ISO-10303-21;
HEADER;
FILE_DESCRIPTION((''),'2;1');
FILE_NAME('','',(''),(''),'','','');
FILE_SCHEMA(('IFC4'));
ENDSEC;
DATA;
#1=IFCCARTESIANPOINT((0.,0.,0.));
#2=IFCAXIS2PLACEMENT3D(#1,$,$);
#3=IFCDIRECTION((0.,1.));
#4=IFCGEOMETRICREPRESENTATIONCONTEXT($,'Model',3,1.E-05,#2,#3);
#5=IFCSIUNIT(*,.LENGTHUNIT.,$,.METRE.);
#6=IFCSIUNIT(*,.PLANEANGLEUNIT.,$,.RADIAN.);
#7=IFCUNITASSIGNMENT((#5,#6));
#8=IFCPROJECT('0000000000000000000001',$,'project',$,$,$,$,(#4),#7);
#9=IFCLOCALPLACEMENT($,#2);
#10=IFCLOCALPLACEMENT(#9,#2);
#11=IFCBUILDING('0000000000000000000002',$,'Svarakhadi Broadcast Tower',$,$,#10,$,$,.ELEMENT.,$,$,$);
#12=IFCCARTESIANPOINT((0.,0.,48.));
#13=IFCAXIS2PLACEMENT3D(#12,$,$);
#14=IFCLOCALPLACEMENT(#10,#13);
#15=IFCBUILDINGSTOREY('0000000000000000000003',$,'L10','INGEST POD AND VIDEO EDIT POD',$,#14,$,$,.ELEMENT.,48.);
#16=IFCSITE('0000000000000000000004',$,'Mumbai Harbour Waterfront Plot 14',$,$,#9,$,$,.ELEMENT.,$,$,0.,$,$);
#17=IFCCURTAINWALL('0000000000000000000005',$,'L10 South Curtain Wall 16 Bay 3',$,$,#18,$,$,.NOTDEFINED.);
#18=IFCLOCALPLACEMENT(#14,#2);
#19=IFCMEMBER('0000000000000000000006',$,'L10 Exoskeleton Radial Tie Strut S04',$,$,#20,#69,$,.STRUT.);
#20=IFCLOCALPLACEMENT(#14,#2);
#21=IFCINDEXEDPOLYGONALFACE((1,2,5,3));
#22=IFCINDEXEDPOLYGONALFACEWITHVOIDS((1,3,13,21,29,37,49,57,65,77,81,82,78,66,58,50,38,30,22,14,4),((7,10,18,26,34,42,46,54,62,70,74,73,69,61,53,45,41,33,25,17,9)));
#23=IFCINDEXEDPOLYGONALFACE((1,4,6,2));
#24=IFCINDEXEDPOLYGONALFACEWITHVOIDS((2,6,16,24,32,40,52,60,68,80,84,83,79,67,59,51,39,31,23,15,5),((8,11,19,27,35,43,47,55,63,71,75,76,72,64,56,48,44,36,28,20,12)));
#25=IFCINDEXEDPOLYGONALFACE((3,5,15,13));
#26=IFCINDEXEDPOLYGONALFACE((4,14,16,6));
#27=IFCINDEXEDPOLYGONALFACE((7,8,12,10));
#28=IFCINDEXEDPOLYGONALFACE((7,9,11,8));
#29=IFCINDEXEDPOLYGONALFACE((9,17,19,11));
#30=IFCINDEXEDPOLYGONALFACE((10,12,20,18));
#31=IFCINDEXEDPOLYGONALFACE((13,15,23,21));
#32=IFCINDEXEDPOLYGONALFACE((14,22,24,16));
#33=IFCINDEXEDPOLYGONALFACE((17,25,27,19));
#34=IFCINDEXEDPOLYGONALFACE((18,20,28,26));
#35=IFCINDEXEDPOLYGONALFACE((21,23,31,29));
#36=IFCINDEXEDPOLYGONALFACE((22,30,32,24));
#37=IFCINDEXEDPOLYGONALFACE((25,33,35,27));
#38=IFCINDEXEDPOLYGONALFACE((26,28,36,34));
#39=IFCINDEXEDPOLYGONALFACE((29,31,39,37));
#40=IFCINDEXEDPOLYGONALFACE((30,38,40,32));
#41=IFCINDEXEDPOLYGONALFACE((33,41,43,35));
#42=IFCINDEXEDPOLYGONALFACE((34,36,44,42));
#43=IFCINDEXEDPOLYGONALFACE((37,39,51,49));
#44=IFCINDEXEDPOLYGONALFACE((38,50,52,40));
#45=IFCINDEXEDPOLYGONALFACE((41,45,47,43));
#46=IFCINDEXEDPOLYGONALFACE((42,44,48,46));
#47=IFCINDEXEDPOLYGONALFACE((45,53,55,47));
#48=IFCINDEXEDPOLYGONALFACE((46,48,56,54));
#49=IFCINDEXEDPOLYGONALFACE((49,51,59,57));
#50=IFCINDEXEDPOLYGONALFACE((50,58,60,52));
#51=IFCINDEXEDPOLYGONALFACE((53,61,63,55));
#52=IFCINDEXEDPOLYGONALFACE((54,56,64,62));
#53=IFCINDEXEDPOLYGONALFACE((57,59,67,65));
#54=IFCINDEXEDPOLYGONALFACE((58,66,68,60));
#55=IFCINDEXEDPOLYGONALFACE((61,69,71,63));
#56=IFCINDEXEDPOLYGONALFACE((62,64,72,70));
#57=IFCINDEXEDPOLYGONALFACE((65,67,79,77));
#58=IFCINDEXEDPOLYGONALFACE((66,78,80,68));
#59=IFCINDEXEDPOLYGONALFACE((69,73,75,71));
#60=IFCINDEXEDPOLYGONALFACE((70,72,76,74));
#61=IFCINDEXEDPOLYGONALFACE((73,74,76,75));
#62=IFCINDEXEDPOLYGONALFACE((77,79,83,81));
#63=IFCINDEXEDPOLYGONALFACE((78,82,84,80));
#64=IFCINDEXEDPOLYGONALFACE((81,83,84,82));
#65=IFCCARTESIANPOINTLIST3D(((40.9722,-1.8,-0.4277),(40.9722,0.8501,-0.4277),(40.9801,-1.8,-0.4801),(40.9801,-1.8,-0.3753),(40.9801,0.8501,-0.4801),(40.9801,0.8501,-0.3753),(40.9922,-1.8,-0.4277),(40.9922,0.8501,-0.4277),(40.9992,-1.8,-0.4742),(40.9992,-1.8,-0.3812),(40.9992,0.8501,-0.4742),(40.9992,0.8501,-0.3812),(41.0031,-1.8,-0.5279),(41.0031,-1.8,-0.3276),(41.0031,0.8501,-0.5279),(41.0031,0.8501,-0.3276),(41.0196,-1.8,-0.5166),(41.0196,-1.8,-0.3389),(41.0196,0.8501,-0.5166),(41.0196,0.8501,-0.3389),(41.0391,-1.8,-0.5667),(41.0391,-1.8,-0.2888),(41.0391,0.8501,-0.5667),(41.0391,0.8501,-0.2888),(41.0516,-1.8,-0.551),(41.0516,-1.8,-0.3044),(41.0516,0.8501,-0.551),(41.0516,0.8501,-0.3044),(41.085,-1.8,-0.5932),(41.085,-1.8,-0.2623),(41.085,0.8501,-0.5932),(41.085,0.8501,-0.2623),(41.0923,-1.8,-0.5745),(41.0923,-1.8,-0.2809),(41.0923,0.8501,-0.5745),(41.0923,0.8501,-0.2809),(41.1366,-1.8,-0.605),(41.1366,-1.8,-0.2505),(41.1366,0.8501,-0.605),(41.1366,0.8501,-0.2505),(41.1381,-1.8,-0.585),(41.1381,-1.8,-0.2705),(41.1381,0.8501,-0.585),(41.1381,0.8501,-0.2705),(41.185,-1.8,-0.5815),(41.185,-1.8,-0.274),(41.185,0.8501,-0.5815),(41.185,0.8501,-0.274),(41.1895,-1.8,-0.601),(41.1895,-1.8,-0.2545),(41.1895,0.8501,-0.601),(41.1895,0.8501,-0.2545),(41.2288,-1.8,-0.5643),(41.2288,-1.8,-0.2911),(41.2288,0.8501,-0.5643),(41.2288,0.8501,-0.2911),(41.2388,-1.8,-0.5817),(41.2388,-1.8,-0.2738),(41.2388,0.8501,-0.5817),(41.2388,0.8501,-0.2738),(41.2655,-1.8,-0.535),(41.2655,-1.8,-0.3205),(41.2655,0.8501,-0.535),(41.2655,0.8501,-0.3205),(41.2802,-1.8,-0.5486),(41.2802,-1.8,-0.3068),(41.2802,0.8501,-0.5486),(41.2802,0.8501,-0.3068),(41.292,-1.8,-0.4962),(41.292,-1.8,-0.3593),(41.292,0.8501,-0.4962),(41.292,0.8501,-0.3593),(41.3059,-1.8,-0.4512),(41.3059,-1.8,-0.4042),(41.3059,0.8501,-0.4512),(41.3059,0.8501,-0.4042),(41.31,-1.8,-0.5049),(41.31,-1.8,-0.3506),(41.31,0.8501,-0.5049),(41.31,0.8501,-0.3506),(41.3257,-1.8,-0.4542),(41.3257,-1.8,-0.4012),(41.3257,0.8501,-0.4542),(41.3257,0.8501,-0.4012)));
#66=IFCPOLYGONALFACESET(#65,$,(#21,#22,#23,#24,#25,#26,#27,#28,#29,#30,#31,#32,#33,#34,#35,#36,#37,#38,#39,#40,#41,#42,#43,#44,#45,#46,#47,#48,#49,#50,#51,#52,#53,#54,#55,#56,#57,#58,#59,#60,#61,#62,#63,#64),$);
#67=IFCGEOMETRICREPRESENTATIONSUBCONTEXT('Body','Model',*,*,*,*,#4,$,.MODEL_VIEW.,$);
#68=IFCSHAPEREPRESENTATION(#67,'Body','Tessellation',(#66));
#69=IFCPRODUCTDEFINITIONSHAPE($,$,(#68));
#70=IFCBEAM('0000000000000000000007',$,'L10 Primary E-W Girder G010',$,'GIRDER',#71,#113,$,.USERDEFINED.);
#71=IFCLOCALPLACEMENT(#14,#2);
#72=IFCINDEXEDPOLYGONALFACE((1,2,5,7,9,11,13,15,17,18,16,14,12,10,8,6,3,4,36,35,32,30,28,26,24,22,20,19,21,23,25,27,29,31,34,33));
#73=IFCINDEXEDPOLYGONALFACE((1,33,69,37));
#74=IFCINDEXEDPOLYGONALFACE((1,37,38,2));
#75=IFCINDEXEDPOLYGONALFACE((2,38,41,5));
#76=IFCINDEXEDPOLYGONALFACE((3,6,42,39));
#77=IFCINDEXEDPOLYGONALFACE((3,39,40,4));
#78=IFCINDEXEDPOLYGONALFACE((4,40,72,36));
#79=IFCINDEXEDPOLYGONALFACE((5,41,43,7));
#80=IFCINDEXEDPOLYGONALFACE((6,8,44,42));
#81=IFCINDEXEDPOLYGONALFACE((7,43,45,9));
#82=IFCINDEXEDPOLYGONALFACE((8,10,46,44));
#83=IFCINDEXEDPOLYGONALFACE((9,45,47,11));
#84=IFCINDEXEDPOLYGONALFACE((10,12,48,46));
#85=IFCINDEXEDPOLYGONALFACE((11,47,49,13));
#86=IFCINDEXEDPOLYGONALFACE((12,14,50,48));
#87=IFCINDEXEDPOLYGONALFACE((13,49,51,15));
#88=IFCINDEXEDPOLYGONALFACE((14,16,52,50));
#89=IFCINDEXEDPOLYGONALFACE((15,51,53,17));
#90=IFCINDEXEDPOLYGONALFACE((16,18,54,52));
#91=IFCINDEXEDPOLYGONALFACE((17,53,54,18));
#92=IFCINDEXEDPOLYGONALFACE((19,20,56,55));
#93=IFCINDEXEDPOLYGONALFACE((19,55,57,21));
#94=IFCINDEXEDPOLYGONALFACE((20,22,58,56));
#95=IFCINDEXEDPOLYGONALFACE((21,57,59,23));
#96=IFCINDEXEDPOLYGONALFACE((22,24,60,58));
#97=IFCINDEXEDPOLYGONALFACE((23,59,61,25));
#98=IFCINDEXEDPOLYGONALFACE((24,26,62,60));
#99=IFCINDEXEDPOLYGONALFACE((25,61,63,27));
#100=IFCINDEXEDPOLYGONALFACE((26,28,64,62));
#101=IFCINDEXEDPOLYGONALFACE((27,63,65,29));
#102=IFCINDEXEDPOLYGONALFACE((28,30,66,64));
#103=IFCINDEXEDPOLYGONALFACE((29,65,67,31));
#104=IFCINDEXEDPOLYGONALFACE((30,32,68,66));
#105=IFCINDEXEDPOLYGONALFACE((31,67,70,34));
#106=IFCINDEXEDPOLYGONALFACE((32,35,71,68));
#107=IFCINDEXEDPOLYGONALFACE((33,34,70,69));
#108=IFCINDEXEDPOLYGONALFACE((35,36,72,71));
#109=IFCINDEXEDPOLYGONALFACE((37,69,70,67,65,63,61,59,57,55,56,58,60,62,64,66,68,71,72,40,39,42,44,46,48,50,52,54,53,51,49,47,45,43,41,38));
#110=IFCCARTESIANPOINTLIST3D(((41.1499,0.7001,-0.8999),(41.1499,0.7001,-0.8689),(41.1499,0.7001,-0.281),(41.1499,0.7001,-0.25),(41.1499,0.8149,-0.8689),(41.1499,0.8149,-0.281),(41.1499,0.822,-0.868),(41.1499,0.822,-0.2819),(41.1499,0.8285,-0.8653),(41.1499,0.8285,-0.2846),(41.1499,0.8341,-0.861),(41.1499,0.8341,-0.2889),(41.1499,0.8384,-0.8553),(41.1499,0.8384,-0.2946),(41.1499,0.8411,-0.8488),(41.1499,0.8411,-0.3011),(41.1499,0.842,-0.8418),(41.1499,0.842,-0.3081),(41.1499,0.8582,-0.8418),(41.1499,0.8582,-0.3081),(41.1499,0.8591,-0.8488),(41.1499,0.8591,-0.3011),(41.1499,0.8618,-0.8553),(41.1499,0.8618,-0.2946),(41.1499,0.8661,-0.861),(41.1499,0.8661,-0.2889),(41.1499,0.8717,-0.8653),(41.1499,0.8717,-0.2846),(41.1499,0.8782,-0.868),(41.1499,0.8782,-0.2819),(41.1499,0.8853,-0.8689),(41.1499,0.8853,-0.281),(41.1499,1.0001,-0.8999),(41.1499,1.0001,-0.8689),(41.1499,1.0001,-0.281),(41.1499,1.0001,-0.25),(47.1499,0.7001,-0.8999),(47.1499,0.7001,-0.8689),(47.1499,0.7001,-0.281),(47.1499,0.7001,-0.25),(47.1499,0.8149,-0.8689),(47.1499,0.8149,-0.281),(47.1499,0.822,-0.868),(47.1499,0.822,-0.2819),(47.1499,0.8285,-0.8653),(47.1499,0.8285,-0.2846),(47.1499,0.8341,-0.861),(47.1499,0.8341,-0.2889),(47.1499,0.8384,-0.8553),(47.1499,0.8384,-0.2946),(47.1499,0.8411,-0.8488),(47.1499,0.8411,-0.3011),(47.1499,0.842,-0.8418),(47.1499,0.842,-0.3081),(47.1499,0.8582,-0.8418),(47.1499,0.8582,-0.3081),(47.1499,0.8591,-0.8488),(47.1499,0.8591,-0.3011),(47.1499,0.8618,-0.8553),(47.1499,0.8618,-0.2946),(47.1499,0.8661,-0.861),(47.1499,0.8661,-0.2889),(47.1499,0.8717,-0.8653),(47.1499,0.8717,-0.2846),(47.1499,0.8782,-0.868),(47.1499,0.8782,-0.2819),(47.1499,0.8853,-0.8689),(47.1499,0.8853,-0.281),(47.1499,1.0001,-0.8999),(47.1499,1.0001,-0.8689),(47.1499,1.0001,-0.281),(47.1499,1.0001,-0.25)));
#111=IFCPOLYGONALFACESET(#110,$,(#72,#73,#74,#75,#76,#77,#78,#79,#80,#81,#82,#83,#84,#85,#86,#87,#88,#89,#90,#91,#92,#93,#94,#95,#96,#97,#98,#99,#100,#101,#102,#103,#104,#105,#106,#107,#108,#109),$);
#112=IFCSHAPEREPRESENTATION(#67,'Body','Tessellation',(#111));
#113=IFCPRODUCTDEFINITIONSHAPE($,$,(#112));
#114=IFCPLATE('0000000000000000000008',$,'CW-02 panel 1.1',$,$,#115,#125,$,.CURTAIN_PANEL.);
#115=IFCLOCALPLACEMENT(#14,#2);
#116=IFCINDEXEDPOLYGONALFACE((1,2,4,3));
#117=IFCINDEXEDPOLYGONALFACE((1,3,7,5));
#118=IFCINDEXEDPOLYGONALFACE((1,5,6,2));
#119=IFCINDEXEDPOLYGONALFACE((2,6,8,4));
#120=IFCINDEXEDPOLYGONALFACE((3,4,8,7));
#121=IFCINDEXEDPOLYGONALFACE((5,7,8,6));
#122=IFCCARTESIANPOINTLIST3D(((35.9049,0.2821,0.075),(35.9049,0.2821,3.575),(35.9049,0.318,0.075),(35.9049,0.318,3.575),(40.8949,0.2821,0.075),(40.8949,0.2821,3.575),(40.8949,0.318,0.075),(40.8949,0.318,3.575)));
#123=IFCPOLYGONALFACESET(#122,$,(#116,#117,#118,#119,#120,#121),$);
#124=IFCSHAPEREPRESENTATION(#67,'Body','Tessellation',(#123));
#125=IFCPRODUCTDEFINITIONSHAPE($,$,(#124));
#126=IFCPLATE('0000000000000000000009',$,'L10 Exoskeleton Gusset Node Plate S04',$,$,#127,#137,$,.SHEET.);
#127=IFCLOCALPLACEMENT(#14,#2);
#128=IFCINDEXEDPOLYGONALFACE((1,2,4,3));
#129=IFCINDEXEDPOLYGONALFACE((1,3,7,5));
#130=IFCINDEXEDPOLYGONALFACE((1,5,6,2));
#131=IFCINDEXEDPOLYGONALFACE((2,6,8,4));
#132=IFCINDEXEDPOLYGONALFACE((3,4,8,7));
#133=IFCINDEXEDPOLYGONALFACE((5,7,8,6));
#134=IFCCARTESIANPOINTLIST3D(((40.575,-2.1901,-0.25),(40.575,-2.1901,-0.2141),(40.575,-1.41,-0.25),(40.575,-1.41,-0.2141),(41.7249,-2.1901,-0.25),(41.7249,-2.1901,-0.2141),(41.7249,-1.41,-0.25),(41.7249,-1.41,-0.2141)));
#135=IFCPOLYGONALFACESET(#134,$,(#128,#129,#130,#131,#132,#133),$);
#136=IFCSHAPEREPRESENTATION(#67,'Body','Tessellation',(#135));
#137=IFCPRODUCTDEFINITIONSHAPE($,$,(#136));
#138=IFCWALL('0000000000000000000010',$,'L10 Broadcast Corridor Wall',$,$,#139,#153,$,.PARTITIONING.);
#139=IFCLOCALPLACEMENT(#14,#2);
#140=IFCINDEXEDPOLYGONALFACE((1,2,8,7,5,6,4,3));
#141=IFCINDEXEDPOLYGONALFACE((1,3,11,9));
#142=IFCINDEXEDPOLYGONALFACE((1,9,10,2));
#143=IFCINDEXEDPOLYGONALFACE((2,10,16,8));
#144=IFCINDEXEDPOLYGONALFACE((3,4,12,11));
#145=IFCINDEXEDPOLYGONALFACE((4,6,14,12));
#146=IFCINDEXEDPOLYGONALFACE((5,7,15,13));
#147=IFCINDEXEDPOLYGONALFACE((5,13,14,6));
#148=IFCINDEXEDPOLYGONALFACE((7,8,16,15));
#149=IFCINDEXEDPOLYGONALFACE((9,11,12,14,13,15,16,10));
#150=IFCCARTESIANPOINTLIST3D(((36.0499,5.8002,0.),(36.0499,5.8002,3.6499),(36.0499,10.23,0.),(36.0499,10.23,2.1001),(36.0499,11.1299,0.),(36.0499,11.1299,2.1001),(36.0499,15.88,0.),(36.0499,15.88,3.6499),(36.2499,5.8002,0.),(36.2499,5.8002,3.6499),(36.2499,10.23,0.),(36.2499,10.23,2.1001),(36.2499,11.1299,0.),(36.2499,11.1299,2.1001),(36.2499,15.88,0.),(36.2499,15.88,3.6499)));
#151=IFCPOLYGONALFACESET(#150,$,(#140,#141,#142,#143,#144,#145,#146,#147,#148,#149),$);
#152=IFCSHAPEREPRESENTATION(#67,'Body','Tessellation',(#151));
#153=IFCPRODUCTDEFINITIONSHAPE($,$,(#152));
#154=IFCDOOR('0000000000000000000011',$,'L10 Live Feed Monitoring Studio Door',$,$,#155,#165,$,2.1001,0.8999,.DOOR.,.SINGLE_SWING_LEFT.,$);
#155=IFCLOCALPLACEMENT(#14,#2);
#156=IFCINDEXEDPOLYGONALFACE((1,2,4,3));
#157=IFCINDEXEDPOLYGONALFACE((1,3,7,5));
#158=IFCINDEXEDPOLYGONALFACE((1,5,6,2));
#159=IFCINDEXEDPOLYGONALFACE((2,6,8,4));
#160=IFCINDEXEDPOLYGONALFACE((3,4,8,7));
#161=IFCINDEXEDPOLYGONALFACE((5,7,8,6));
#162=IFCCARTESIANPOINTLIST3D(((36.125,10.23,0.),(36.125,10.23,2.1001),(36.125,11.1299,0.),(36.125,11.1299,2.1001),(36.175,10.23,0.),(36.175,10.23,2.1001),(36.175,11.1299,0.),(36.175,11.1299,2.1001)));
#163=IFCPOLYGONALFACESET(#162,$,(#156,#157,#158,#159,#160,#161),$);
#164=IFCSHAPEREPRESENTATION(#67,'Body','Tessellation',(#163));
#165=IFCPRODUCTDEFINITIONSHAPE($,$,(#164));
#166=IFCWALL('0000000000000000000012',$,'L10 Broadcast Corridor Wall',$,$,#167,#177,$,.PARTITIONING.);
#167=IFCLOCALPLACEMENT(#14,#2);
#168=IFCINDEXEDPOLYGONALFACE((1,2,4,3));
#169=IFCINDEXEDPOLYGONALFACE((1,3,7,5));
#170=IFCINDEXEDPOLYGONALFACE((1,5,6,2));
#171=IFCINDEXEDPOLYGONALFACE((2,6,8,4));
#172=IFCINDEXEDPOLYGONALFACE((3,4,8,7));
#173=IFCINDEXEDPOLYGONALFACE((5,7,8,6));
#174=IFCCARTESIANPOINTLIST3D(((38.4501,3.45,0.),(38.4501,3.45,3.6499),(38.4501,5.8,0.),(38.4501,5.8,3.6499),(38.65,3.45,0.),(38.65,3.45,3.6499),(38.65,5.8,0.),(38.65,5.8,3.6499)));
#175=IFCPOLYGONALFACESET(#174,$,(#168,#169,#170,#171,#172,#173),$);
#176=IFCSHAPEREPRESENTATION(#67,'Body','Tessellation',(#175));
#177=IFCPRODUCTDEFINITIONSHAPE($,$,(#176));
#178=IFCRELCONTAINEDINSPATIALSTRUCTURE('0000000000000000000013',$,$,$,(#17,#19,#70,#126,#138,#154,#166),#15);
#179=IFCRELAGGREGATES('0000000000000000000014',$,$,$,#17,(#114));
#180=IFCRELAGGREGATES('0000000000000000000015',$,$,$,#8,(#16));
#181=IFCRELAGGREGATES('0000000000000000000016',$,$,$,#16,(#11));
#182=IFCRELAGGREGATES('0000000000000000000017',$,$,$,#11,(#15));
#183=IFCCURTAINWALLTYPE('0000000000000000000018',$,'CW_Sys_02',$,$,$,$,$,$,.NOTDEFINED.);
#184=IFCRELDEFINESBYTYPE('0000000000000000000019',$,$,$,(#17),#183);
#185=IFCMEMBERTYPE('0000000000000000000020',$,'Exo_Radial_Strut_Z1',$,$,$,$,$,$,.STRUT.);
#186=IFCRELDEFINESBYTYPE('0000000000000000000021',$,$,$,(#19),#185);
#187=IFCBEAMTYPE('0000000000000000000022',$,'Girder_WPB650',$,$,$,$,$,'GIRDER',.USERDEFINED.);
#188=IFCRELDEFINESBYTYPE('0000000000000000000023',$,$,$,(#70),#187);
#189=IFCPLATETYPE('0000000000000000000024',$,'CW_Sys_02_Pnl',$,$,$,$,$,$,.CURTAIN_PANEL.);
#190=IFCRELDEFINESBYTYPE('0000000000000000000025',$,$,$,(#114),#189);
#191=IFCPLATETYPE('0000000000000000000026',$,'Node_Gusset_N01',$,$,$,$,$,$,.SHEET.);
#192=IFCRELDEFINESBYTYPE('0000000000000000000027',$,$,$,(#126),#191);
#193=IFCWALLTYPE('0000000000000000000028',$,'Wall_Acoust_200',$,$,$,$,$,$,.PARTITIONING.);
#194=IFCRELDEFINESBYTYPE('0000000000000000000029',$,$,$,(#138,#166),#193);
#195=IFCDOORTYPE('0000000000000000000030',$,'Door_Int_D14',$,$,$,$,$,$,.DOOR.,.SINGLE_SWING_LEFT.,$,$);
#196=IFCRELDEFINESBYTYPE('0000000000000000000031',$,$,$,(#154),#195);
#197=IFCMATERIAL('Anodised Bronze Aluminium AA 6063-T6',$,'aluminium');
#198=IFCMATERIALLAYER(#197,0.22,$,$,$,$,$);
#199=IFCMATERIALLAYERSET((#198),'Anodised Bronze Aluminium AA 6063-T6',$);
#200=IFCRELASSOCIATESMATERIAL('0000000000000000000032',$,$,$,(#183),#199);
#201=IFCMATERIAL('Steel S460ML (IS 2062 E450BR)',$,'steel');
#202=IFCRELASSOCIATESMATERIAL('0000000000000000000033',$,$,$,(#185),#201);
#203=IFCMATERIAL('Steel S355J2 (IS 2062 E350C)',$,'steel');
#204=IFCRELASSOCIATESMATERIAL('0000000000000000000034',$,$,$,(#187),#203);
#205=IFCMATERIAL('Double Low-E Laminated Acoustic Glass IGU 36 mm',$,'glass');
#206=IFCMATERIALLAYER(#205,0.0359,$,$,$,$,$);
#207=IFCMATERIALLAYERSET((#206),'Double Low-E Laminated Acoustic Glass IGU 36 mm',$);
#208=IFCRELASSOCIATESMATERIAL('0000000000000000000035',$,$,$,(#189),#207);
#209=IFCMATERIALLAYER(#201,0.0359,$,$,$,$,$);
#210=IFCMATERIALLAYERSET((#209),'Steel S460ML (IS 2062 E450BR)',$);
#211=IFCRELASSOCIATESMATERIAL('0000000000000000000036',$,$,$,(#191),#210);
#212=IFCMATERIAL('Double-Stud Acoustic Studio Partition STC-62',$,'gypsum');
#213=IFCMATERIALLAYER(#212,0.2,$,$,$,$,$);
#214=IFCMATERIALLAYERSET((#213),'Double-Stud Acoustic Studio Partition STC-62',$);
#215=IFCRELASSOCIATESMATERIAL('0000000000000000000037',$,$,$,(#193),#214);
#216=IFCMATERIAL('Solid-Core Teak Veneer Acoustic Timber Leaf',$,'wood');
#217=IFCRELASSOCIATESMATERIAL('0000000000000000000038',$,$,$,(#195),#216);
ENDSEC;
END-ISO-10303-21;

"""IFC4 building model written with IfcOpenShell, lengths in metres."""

from ifc_helpers import new_model, si_unit, direction, frame, frame_2d, origin, origin_2d, place, context, subcontext, project, spatial, rectangle, hollow_circle, i_section, extrude, material, layer, layer_set, material_profile, profile_set, type_object, element, fill, aggregate, save


model = new_model("IFC4")

# Units and contexts
model_context = context("Model", 3, precision=1e-05, world=origin(), true_north=direction((0.0, 1.0)))
body_context = subcontext(model_context, "Body", "Model", "MODEL_VIEW")
ifc_project = project(units=[si_unit("LENGTHUNIT", "METRE"), si_unit("PLANEANGLEUNIT", "RADIAN")], contexts=[model_context])

# Site, building, storey
site_placement = place(None, origin())
site = spatial("IfcSite", under=ifc_project, at=site_placement, Name="Mumbai Harbour Waterfront Plot 14", CompositionType="ELEMENT", RefElevation=0.0)
building_placement = place(site_placement, origin())
building = spatial("IfcBuilding", under=site, at=building_placement, Name="Svarakhadi Broadcast Tower", CompositionType="ELEMENT")
storey_placement = place(building_placement, frame((0.0, 0.0, 48.0)))
storey = spatial("IfcBuildingStorey", under=building, at=storey_placement, Name="L10", Description="INGEST POD AND VIDEO EDIT POD", CompositionType="ELEMENT", Elevation=48.0)

# Shared definitions
ifc_material_1 = material(Name="Steel S460ML (IS 2062 E450BR)", Category="steel")

# Shared definitions
ifc_material_2 = material(Name="Steel S355J2 (IS 2062 E350C)", Category="steel")

# Curtain wall
ifc_material_3 = material(Name="Anodised Bronze Aluminium AA 6063-T6", Category="aluminium")
ifc_layer_1 = layer(ifc_material_3, 0.22)
ifc_layer_set_1 = layer_set([ifc_layer_1], Name="Anodised Bronze Aluminium AA 6063-T6")
curtain_wall_type = type_object("IfcCurtainWallType", Name="CW_Sys_02", PredefinedType="NOTDEFINED", material=ifc_layer_set_1)
curtain_wall_placement = place(storey_placement, origin())
curtain_wall = element("IfcCurtainWall", 1, at=curtain_wall_placement, inside=storey, type_object=curtain_wall_type, Name="L10 South Curtain Wall 16 Bay 3", PredefinedType="NOTDEFINED")

# Member
ifc_material_profile_1 = material_profile(ifc_material_1, hollow_circle(Radius=0.1777, WallThickness=0.02, at=origin_2d()), Name="CHS 355.6x20")
ifc_profile_set_1 = profile_set([ifc_material_profile_1], Name="Steel S460ML (IS 2062 E450BR)")
member_type_1 = type_object("IfcMemberType", Name="Exo_Radial_Strut_Z1", PredefinedType="STRUT", material=ifc_profile_set_1)
member_1_placement = place(storey_placement, frame((41.1499, -1.8, -0.4277), z_axis=(0.0, 1.0, 0.0), x_axis=(-1.0, 0.0, 0.0)))
element("IfcMember", 2, at=member_1_placement, inside=storey, type_object=member_type_1, Name="L10 Exoskeleton Radial Tie Strut S04", PredefinedType="STRUT", context=body_context, shape_type="SweptSolid", body=[
    extrude(hollow_circle(Radius=0.1777, WallThickness=0.02, at=origin_2d()), origin(), (0.0, 0.0, 1.0), 2.6501),
])

# Beam
ifc_material_profile_2 = material_profile(ifc_material_2, i_section(OverallWidth=0.3, OverallDepth=0.6499, WebThickness=0.0161, FlangeThickness=0.031, FilletRadius=0.0271, at=origin_2d()), Name="WPB 650x300x225")
ifc_profile_set_2 = profile_set([ifc_material_profile_2], Name="Steel S355J2 (IS 2062 E350C)")
beam_type_1 = type_object("IfcBeamType", Name="Girder_WPB650", ElementType="GIRDER", PredefinedType="USERDEFINED", material=ifc_profile_set_2)
beam_1_placement = place(storey_placement, frame((41.1499, 0.8501, -0.575), z_axis=(1.0, 0.0, 0.0), x_axis=(0.0, 1.0, 0.0)))
element("IfcBeam", 3, at=beam_1_placement, inside=storey, type_object=beam_type_1, Name="L10 Primary E-W Girder G010", ObjectType="GIRDER", PredefinedType="USERDEFINED", context=body_context, shape_type="SweptSolid", body=[
    extrude(i_section(OverallWidth=0.3, OverallDepth=0.6499, WebThickness=0.0161, FlangeThickness=0.031, FilletRadius=0.0271, at=origin_2d()), origin(), (0.0, 0.0, 1.0), 6.0),
])

# Plates
ifc_material_4 = material(Name="Double Low-E Laminated Acoustic Glass IGU 36 mm", Category="glass")
ifc_layer_2 = layer(ifc_material_4, 0.0359)
ifc_layer_set_2 = layer_set([ifc_layer_2], Name="Double Low-E Laminated Acoustic Glass IGU 36 mm")
plate_type_1 = type_object("IfcPlateType", Name="CW_Sys_02_Pnl", PredefinedType="CURTAIN_PANEL", material=ifc_layer_set_2)
plate_1_placement = place(storey_placement, frame((38.3999, 0.3, 0.075), z_axis=(0.0, 0.0, 1.0), x_axis=(-1.0, 0.0, 0.0)))
plate_1 = element("IfcPlate", 4, at=plate_1_placement, type_object=plate_type_1, Name="CW-02 panel 1.1", PredefinedType="CURTAIN_PANEL", context=body_context, shape_type="SweptSolid", body=[
    extrude(rectangle(XDim=4.99, YDim=0.0359, at=origin_2d()), origin(), (0.0, 0.0, 1.0), 3.5),
])
aggregate(curtain_wall, [plate_1])
ifc_layer_3 = layer(ifc_material_1, 0.0359)
ifc_layer_set_3 = layer_set([ifc_layer_3], Name="Steel S460ML (IS 2062 E450BR)")
plate_type_2 = type_object("IfcPlateType", Name="Node_Gusset_N01", PredefinedType="SHEET", material=ifc_layer_set_3)
plate_2_placement = place(storey_placement, frame((41.1499, -1.8, -0.25), z_axis=(0.0, 0.0, 1.0), x_axis=(1.0, 0.0, 0.0)))
element("IfcPlate", 5, at=plate_2_placement, inside=storey, type_object=plate_type_2, Name="L10 Exoskeleton Gusset Node Plate S04", PredefinedType="SHEET", context=body_context, shape_type="SweptSolid", body=[
    extrude(rectangle(XDim=1.1499, YDim=0.78, at=origin_2d()), origin(), (0.0, 0.0, 1.0), 0.0359),
])

# Wall, opening, door
ifc_material_5 = material(Name="Double-Stud Acoustic Studio Partition STC-62", Category="gypsum")
ifc_layer_4 = layer(ifc_material_5, 0.2)
ifc_layer_set_4 = layer_set([ifc_layer_4], Name="Double-Stud Acoustic Studio Partition STC-62")
wall_type_1 = type_object("IfcWallType", Name="Wall_Acoust_200", PredefinedType="PARTITIONING", material=ifc_layer_set_4)
wall_1_placement = place(storey_placement, frame((36.1499, 5.8, 0.0), z_axis=(0.0, 0.0, 1.0), x_axis=(0.0, 1.0, 0.0)))
wall_1 = element("IfcWall", 6, at=wall_1_placement, inside=storey, type_object=wall_type_1, Name="L10 Broadcast Corridor Wall", PredefinedType="PARTITIONING", context=body_context, shape_type="SweptSolid", body=[
    extrude(rectangle(XDim=10.0798, YDim=0.2, at=frame_2d((5.04, 0.0))), origin(), (0.0, 0.0, 1.0), 3.6499),
])
opening_1_placement = place(wall_1_placement, frame((4.4299, 0.0, 0.0)))
opening_1 = element("IfcOpeningElement", 7, at=opening_1_placement, cuts=wall_1, PredefinedType="OPENING", context=body_context, shape_type="SweptSolid", body=[
    extrude(rectangle(XDim=0.8999, YDim=2.1001, at=frame_2d((0.45, 1.05))), frame((0.0, 0.1099, 0.0), z_axis=(0.0, -1.0, 0.0), x_axis=(1.0, 0.0, 0.0)), (0.0, 0.0, 1.0), 0.22),
])
ifc_material_6 = material(Name="Solid-Core Teak Veneer Acoustic Timber Leaf", Category="wood")
door_type_1 = type_object("IfcDoorType", Name="Door_Int_D14", OperationType="SINGLE_SWING_LEFT", PredefinedType="DOOR", material=ifc_material_6)
door_1_placement = place(opening_1_placement, origin())
door_1 = element("IfcDoor", 8, at=door_1_placement, inside=storey, type_object=door_type_1, Name="L10 Live Feed Monitoring Studio Door", OperationType="SINGLE_SWING_LEFT", OverallHeight=2.1001, OverallWidth=0.8999, PredefinedType="DOOR", context=body_context, shape_type="SweptSolid", body=[
    extrude(rectangle(XDim=0.8999, YDim=2.1001, at=frame_2d((0.45, 1.05))), frame((0.0, 0.0249, 0.0), z_axis=(0.0, -1.0, 0.0), x_axis=(1.0, 0.0, 0.0)), (0.0, 0.0, 1.0), 0.05),
])
fill(opening_1, door_1)

# Wall
wall_2_placement = place(storey_placement, frame((38.55, 5.8, 0.0), z_axis=(0.0, 0.0, 1.0), x_axis=(0.0, -1.0, 0.0)))
element("IfcWall", 9, at=wall_2_placement, inside=storey, type_object=wall_type_1, Name="L10 Broadcast Corridor Wall", PredefinedType="PARTITIONING", context=body_context, shape_type="SweptSolid", body=[
    extrude(rectangle(XDim=2.3501, YDim=0.2, at=frame_2d((1.175, 0.0))), origin(), (0.0, 0.0, 1.0), 3.6499),
])

save(model, "model.ifc")
